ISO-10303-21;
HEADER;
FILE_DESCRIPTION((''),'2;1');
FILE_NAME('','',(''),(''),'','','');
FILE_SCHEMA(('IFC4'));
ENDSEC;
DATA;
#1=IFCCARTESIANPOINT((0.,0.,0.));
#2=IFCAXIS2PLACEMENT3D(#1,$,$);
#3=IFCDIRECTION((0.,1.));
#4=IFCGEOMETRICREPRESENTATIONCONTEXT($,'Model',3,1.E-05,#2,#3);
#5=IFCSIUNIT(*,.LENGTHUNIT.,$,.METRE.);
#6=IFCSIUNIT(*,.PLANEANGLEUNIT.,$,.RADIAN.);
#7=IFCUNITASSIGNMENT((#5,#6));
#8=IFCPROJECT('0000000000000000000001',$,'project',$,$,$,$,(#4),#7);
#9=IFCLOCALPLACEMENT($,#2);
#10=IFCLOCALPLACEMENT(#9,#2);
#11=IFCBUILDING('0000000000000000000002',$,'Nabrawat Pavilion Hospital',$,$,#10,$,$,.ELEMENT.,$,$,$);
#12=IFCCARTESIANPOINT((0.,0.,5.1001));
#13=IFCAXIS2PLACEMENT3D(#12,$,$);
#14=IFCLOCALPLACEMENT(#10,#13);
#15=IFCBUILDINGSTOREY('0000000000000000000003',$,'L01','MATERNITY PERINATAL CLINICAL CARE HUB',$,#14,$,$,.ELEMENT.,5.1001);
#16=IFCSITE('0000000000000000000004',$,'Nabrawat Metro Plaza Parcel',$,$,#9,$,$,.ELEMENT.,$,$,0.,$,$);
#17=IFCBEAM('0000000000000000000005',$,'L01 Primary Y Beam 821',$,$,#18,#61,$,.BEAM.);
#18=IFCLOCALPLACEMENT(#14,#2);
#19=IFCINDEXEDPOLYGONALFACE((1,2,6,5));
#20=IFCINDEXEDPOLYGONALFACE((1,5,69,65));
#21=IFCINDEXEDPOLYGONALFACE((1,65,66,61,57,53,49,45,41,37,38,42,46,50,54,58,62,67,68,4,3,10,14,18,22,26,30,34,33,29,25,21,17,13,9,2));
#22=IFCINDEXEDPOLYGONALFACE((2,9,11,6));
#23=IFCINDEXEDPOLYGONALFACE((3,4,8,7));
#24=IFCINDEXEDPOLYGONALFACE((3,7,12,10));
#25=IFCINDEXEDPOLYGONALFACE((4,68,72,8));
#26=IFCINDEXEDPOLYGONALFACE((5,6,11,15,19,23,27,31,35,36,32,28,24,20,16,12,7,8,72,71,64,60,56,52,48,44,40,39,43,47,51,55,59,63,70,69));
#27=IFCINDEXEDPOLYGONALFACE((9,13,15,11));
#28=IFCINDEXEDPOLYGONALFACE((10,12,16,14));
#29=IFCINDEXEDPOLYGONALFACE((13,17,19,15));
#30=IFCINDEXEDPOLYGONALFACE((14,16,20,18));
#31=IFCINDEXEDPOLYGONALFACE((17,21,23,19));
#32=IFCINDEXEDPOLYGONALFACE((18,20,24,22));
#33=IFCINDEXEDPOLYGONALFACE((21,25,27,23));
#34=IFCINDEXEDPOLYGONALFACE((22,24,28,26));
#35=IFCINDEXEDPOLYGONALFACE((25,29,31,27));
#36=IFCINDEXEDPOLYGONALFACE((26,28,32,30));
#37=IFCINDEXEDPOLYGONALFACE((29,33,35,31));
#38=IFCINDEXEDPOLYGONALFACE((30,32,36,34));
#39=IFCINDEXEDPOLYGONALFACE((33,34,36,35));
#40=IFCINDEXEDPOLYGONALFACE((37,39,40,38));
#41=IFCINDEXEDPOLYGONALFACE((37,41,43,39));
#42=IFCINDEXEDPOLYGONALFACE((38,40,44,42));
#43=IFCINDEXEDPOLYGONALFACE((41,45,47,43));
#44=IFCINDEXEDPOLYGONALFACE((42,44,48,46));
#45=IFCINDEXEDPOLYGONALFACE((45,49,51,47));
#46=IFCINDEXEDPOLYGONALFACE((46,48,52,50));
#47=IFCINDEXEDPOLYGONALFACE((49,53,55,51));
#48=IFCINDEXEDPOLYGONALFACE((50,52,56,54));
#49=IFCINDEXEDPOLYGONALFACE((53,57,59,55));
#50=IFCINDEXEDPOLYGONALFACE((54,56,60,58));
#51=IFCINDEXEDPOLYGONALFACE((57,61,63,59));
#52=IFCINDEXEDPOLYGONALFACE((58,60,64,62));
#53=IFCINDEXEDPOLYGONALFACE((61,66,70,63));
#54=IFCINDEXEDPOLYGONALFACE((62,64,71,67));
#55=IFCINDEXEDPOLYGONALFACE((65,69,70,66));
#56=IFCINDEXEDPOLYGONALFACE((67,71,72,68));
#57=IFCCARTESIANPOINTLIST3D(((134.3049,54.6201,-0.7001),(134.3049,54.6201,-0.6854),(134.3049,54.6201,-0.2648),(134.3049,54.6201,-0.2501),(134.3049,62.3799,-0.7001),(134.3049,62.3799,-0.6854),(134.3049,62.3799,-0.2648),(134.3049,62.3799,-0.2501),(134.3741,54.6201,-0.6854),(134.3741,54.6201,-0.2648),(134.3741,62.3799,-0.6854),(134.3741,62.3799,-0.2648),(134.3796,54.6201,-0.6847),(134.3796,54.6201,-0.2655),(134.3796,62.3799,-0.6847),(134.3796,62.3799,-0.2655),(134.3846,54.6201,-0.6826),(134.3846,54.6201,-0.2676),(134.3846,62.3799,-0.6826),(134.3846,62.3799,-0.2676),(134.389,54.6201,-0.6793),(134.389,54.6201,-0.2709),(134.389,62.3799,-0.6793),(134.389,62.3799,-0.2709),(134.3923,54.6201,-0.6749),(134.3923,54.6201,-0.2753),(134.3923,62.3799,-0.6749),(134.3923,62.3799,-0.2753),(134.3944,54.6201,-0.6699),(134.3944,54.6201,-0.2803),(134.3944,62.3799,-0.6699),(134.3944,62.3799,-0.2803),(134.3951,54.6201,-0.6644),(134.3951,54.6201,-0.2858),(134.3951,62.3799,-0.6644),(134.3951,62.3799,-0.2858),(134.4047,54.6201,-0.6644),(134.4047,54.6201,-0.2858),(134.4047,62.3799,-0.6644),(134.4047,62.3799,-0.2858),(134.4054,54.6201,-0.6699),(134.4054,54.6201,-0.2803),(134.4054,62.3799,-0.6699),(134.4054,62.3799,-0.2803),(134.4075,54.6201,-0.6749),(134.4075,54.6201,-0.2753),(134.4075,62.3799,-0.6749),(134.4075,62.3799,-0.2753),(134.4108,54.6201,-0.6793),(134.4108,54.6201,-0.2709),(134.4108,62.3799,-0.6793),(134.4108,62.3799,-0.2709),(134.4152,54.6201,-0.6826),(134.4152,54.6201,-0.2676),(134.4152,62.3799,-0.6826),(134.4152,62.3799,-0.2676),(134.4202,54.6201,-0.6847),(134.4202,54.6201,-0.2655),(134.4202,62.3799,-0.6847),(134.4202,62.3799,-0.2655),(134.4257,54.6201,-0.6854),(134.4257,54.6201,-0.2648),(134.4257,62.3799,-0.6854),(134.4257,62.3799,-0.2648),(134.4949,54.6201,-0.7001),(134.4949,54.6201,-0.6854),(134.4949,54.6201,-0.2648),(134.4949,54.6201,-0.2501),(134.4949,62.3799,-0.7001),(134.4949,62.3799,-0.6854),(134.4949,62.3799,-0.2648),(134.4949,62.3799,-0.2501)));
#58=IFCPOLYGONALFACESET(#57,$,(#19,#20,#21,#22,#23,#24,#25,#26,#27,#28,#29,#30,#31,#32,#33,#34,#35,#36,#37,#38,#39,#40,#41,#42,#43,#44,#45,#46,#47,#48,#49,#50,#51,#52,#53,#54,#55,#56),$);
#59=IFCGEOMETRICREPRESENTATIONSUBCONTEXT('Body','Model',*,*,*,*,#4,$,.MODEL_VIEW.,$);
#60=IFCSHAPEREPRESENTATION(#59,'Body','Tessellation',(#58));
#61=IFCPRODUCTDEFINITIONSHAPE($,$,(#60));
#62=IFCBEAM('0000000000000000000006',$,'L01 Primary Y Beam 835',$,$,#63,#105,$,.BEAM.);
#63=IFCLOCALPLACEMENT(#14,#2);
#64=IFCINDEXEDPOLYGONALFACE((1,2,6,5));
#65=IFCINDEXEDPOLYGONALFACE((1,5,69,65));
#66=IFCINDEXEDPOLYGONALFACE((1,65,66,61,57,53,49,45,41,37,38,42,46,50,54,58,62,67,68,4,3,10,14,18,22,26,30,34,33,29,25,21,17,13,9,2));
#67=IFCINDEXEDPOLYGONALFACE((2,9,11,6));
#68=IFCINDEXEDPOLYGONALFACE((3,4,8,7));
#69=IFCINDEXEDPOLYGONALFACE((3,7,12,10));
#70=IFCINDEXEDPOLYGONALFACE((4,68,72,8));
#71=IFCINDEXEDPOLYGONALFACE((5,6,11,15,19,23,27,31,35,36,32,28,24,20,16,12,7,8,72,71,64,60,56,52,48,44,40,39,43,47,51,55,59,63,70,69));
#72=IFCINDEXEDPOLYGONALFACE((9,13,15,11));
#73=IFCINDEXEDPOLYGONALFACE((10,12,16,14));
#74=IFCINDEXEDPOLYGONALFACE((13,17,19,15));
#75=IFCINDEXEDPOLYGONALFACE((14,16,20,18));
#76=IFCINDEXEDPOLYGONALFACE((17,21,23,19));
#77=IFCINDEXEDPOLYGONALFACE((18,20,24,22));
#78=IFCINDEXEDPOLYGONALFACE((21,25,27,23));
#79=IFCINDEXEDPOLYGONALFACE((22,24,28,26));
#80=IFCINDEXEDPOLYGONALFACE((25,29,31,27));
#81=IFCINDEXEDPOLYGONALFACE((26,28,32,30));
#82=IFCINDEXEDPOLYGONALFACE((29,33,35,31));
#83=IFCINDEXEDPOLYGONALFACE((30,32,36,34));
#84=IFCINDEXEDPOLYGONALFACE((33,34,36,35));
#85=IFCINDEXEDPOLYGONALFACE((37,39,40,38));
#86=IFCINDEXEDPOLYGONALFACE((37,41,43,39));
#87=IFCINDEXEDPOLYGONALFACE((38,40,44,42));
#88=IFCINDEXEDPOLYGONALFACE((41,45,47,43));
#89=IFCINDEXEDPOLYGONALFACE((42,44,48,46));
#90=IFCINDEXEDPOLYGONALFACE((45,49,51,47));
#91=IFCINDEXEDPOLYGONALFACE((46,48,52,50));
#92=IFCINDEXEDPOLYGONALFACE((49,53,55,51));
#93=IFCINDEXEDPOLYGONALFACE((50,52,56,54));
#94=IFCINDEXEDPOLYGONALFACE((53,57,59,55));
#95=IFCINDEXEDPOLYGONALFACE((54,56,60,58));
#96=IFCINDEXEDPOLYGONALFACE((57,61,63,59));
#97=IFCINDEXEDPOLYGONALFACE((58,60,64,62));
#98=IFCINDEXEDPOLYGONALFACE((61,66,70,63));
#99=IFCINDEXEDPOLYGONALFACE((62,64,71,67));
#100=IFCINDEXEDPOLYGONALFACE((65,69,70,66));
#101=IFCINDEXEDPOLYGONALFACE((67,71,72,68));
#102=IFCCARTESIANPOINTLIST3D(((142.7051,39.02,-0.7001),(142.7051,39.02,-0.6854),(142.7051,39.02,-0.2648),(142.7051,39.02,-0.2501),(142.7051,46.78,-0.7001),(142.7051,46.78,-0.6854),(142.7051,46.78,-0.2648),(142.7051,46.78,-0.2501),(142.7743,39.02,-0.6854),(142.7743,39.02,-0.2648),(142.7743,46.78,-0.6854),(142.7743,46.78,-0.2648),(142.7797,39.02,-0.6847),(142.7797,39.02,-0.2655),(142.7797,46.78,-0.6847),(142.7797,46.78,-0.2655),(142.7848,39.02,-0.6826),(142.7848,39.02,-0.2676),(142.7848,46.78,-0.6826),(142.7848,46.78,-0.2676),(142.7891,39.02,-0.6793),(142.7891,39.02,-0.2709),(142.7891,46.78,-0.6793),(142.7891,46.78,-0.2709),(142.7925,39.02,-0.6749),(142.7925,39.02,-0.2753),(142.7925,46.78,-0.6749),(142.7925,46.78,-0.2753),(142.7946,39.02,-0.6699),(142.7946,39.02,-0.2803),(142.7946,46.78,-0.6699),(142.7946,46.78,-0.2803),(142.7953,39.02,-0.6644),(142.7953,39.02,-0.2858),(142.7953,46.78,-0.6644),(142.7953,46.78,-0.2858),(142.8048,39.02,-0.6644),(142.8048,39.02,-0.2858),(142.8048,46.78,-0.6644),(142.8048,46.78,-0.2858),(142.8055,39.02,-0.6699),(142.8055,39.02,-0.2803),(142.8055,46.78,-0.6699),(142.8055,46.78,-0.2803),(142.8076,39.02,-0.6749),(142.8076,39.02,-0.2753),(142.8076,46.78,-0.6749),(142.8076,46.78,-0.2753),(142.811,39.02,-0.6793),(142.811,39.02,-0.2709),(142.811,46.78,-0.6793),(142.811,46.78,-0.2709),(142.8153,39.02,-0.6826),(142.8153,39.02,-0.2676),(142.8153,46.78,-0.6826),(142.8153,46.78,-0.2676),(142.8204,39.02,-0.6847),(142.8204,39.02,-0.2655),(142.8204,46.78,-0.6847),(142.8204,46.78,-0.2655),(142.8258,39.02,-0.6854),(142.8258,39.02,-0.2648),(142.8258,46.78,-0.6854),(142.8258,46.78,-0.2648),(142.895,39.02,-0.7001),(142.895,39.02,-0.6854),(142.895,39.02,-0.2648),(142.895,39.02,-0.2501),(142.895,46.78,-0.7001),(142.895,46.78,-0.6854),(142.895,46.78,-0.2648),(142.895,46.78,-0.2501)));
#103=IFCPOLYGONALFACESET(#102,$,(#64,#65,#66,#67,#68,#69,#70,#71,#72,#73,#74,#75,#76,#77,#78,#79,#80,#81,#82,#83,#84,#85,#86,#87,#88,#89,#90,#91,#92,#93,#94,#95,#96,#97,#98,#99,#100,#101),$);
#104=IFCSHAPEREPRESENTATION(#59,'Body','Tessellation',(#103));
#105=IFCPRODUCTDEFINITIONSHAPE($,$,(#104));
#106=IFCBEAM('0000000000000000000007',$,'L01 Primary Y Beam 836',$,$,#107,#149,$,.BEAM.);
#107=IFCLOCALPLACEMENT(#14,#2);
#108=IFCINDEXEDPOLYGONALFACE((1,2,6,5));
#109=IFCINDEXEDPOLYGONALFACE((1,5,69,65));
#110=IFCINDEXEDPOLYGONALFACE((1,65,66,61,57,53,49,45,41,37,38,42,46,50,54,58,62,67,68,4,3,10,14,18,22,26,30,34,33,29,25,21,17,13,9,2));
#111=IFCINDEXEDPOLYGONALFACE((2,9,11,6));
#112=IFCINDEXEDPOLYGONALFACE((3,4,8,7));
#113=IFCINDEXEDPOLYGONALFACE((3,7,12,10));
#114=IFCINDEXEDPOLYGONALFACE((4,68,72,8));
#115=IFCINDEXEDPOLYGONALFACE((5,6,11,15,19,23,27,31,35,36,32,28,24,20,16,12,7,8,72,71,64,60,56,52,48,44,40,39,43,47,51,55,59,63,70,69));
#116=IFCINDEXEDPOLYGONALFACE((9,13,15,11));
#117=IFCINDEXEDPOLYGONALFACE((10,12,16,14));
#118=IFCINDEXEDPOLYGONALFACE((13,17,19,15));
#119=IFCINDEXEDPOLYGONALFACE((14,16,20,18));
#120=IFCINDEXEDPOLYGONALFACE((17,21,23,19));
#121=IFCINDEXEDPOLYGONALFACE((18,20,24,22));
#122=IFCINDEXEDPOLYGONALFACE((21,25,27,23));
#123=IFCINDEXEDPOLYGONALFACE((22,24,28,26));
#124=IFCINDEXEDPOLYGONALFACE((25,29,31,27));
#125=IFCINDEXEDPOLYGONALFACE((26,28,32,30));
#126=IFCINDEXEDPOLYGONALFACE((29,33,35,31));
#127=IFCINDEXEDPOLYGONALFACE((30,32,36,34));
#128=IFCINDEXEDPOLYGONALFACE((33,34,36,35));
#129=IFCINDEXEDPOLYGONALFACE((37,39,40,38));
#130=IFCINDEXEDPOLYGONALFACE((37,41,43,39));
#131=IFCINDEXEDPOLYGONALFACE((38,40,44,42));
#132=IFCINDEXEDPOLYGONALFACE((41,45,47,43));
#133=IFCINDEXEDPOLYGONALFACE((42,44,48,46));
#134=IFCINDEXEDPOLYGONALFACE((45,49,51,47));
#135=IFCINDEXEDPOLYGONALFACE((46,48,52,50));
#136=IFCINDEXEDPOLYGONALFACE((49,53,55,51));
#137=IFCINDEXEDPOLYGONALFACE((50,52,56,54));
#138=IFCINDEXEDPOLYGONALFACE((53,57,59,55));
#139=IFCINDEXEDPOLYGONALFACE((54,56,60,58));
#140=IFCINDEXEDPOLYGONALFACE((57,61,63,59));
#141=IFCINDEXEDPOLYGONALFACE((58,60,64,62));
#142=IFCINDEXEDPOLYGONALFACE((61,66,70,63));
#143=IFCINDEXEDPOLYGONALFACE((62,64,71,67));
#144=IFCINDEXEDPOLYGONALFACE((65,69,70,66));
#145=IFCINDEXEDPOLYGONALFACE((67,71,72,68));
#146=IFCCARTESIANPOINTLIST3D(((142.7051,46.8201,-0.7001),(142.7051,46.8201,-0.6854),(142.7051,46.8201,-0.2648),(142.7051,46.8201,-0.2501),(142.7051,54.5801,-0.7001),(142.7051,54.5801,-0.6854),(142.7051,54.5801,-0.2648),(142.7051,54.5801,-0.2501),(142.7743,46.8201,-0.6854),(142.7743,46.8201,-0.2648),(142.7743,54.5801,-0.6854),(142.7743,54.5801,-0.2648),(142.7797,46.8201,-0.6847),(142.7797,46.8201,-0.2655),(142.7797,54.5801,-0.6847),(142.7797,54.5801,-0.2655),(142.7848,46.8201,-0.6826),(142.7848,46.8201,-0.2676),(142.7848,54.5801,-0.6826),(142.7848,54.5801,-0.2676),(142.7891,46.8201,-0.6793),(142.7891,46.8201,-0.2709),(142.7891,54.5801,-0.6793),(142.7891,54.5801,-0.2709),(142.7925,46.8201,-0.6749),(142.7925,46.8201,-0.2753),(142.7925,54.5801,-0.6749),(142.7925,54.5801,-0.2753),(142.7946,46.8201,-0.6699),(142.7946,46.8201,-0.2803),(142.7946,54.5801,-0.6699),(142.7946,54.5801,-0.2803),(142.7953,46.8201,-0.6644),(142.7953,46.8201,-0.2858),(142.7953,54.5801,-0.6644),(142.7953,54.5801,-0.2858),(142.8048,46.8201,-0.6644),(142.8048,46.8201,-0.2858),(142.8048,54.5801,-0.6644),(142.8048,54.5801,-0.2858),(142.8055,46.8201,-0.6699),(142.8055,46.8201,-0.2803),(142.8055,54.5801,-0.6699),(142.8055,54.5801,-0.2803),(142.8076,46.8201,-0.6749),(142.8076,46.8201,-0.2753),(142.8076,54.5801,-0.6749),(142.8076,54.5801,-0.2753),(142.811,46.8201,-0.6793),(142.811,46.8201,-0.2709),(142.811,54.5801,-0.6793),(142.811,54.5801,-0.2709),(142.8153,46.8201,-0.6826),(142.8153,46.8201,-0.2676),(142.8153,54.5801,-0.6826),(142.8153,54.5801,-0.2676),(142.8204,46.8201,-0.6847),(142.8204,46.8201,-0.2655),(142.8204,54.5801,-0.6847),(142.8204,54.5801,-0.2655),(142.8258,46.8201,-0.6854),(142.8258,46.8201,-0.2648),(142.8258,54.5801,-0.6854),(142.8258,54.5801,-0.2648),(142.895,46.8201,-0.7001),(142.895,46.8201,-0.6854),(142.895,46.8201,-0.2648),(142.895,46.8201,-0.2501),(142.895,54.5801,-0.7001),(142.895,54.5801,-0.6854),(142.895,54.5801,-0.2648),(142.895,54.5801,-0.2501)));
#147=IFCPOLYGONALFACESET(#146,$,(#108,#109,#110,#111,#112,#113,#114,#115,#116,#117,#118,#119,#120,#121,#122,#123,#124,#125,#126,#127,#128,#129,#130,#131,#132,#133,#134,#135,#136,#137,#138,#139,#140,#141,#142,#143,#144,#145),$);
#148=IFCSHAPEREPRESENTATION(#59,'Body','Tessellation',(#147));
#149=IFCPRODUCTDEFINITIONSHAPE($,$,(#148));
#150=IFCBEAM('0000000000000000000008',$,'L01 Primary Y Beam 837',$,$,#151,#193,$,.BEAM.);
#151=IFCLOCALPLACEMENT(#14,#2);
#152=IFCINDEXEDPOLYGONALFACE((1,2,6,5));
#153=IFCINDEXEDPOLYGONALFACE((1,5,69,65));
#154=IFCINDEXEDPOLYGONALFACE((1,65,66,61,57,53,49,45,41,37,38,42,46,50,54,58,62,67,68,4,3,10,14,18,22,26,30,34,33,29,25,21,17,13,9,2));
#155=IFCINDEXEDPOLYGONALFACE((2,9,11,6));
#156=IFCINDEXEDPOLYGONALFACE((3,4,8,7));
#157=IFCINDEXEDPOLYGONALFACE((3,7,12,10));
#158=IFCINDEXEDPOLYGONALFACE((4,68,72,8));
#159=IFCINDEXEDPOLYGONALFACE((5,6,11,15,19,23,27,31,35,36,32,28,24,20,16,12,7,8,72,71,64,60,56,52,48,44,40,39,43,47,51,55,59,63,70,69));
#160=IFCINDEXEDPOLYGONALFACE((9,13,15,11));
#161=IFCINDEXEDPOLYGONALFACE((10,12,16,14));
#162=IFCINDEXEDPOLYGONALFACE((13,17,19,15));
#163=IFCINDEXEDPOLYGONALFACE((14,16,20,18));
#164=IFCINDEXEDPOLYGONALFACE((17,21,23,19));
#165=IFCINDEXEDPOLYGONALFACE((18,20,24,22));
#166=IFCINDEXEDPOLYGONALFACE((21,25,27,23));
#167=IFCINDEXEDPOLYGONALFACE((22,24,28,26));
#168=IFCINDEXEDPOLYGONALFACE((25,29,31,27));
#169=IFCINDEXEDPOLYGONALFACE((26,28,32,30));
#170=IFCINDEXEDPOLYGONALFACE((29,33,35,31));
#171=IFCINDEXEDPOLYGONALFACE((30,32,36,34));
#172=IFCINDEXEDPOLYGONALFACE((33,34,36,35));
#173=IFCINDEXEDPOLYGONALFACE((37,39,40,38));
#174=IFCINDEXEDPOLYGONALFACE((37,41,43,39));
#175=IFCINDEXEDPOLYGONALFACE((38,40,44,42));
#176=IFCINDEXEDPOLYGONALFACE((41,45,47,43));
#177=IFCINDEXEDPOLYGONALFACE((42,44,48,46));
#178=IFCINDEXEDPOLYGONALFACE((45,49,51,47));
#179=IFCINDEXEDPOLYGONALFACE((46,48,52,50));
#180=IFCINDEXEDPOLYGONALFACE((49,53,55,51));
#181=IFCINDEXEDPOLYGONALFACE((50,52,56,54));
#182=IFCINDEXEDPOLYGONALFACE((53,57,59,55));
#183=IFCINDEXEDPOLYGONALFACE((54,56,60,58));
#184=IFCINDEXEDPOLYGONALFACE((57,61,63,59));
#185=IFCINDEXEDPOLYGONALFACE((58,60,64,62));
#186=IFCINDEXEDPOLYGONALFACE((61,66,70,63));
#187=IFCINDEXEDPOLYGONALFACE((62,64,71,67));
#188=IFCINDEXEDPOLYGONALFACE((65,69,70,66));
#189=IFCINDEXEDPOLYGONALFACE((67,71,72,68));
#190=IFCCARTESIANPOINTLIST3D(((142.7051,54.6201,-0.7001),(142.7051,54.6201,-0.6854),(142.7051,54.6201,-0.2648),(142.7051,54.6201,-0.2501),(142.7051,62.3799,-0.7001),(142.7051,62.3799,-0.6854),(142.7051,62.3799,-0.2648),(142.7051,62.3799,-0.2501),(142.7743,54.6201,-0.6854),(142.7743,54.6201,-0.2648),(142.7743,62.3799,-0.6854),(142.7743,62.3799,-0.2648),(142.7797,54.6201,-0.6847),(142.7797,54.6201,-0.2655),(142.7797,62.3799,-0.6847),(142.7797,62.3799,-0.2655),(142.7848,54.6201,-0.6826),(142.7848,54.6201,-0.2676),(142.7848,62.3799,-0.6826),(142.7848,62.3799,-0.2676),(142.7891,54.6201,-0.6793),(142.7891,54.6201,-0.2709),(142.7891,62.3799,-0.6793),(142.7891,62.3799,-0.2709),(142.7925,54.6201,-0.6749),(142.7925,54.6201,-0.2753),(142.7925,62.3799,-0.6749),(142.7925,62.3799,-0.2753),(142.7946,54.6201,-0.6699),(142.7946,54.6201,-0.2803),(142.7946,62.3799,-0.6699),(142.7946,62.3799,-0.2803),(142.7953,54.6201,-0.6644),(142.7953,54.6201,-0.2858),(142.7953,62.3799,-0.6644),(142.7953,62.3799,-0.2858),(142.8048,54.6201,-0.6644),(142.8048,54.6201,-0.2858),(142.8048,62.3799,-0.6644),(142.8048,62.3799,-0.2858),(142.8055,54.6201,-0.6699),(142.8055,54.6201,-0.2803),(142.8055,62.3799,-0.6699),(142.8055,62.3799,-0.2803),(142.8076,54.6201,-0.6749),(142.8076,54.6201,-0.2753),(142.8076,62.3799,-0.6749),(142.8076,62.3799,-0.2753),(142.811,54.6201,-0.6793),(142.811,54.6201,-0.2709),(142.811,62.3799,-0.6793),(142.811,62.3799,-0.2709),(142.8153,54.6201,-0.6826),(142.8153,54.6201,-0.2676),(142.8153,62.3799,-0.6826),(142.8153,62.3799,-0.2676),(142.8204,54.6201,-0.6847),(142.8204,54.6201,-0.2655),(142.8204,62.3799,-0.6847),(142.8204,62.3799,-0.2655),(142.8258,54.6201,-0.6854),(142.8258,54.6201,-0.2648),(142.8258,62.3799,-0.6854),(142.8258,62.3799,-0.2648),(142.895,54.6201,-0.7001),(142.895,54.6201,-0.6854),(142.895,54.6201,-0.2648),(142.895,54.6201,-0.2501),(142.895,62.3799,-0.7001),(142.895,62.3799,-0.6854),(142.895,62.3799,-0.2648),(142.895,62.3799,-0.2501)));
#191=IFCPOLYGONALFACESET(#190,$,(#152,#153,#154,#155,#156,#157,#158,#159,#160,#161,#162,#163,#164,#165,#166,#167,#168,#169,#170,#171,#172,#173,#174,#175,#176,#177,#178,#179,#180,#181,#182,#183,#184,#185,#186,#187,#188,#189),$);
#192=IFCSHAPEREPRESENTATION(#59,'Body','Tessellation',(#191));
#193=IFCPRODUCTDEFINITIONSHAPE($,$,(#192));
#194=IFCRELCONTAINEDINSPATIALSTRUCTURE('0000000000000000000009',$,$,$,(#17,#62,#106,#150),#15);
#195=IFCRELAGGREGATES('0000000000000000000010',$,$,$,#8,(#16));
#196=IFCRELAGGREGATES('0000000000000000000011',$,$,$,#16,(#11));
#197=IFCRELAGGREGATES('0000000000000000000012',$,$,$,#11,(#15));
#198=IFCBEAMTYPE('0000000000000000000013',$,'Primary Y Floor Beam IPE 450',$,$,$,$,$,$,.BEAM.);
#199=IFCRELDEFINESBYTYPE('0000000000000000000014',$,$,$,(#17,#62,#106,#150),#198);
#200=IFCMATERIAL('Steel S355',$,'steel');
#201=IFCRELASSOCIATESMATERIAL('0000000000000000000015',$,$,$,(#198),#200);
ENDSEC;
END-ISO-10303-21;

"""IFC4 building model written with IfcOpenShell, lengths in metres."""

from ifc_helpers import new_model, si_unit, direction, frame, origin, origin_2d, place, context, subcontext, project, spatial, i_section, extrude, material, material_profile, profile_set, type_object, element, save


model = new_model("IFC4")

# Units and contexts
model_context = context("Model", 3, precision=1e-05, world=origin(), true_north=direction((0.0, 1.0)))
body_context = subcontext(model_context, "Body", "Model", "MODEL_VIEW")
ifc_project = project(units=[si_unit("LENGTHUNIT", "METRE"), si_unit("PLANEANGLEUNIT", "RADIAN")], contexts=[model_context])

# Site, building, storey
site_placement = place(None, origin())
site = spatial("IfcSite", under=ifc_project, at=site_placement, Name="Nabrawat Metro Plaza Parcel", CompositionType="ELEMENT", RefElevation=0.0)
building_placement = place(site_placement, origin())
building = spatial("IfcBuilding", under=site, at=building_placement, Name="Nabrawat Pavilion Hospital", CompositionType="ELEMENT")
storey_placement = place(building_placement, frame((0.0, 0.0, 5.1001)))
storey = spatial("IfcBuildingStorey", under=building, at=storey_placement, Name="L01", Description="MATERNITY PERINATAL CLINICAL CARE HUB", CompositionType="ELEMENT", Elevation=5.1001)

# Shared definitions
ifc_material_1 = material(Name="Steel S355", Category="steel")

# Beams
ifc_material_profile_1 = material_profile(ifc_material_1, i_section(OverallWidth=0.1899, OverallDepth=0.45, WebThickness=0.0095, FlangeThickness=0.0146, FilletRadius=0.021, at=origin_2d()), Name="IPE 450")
ifc_profile_set_1 = profile_set([ifc_material_profile_1], Name="Steel S355")
beam_type_1 = type_object("IfcBeamType", Name="Primary Y Floor Beam IPE 450", PredefinedType="BEAM", material=ifc_profile_set_1)
beam_1_placement = place(storey_placement, frame((134.3999, 54.6201, -0.4751), z_axis=(0.0, 1.0, 0.0), x_axis=(-1.0, 0.0, 0.0)))
element("IfcBeam", 1, at=beam_1_placement, inside=storey, type_object=beam_type_1, Name="L01 Primary Y Beam 821", PredefinedType="BEAM", context=body_context, shape_type="SweptSolid", body=[
    extrude(i_section(OverallWidth=0.1899, OverallDepth=0.45, WebThickness=0.0095, FlangeThickness=0.0146, FilletRadius=0.021, at=origin_2d()), origin(), (0.0, 0.0, 1.0), 7.7598),
])
for number, where, z_axis, x_axis, name in (
    (2, (142.8, 39.02, -0.4751), (0.0, 1.0, 0.0), (-1.0, 0.0, 0.0), "L01 Primary Y Beam 835"),
    (3, (142.8, 46.8201, -0.4751), (0.0, 1.0, 0.0), (-1.0, 0.0, 0.0), "L01 Primary Y Beam 836"),
):
    element("IfcBeam", number, at=place(storey_placement, frame(where, z_axis=z_axis, x_axis=x_axis)), inside=storey, type_object=beam_type_1, Name=name, PredefinedType="BEAM", context=body_context, shape_type="SweptSolid", body=[
        extrude(i_section(OverallWidth=0.1899, OverallDepth=0.45, WebThickness=0.0095, FlangeThickness=0.0146, FilletRadius=0.021, at=origin_2d()), origin(), (0.0, 0.0, 1.0), 7.76),
    ])
beam_2_placement = place(storey_placement, frame((142.8, 54.6201, -0.4751), z_axis=(0.0, 1.0, 0.0), x_axis=(-1.0, 0.0, 0.0)))
element("IfcBeam", 4, at=beam_2_placement, inside=storey, type_object=beam_type_1, Name="L01 Primary Y Beam 837", PredefinedType="BEAM", context=body_context, shape_type="SweptSolid", body=[
    extrude(i_section(OverallWidth=0.1899, OverallDepth=0.45, WebThickness=0.0095, FlangeThickness=0.0146, FilletRadius=0.021, at=origin_2d()), origin(), (0.0, 0.0, 1.0), 7.7598),
])

save(model, "model.ifc")
